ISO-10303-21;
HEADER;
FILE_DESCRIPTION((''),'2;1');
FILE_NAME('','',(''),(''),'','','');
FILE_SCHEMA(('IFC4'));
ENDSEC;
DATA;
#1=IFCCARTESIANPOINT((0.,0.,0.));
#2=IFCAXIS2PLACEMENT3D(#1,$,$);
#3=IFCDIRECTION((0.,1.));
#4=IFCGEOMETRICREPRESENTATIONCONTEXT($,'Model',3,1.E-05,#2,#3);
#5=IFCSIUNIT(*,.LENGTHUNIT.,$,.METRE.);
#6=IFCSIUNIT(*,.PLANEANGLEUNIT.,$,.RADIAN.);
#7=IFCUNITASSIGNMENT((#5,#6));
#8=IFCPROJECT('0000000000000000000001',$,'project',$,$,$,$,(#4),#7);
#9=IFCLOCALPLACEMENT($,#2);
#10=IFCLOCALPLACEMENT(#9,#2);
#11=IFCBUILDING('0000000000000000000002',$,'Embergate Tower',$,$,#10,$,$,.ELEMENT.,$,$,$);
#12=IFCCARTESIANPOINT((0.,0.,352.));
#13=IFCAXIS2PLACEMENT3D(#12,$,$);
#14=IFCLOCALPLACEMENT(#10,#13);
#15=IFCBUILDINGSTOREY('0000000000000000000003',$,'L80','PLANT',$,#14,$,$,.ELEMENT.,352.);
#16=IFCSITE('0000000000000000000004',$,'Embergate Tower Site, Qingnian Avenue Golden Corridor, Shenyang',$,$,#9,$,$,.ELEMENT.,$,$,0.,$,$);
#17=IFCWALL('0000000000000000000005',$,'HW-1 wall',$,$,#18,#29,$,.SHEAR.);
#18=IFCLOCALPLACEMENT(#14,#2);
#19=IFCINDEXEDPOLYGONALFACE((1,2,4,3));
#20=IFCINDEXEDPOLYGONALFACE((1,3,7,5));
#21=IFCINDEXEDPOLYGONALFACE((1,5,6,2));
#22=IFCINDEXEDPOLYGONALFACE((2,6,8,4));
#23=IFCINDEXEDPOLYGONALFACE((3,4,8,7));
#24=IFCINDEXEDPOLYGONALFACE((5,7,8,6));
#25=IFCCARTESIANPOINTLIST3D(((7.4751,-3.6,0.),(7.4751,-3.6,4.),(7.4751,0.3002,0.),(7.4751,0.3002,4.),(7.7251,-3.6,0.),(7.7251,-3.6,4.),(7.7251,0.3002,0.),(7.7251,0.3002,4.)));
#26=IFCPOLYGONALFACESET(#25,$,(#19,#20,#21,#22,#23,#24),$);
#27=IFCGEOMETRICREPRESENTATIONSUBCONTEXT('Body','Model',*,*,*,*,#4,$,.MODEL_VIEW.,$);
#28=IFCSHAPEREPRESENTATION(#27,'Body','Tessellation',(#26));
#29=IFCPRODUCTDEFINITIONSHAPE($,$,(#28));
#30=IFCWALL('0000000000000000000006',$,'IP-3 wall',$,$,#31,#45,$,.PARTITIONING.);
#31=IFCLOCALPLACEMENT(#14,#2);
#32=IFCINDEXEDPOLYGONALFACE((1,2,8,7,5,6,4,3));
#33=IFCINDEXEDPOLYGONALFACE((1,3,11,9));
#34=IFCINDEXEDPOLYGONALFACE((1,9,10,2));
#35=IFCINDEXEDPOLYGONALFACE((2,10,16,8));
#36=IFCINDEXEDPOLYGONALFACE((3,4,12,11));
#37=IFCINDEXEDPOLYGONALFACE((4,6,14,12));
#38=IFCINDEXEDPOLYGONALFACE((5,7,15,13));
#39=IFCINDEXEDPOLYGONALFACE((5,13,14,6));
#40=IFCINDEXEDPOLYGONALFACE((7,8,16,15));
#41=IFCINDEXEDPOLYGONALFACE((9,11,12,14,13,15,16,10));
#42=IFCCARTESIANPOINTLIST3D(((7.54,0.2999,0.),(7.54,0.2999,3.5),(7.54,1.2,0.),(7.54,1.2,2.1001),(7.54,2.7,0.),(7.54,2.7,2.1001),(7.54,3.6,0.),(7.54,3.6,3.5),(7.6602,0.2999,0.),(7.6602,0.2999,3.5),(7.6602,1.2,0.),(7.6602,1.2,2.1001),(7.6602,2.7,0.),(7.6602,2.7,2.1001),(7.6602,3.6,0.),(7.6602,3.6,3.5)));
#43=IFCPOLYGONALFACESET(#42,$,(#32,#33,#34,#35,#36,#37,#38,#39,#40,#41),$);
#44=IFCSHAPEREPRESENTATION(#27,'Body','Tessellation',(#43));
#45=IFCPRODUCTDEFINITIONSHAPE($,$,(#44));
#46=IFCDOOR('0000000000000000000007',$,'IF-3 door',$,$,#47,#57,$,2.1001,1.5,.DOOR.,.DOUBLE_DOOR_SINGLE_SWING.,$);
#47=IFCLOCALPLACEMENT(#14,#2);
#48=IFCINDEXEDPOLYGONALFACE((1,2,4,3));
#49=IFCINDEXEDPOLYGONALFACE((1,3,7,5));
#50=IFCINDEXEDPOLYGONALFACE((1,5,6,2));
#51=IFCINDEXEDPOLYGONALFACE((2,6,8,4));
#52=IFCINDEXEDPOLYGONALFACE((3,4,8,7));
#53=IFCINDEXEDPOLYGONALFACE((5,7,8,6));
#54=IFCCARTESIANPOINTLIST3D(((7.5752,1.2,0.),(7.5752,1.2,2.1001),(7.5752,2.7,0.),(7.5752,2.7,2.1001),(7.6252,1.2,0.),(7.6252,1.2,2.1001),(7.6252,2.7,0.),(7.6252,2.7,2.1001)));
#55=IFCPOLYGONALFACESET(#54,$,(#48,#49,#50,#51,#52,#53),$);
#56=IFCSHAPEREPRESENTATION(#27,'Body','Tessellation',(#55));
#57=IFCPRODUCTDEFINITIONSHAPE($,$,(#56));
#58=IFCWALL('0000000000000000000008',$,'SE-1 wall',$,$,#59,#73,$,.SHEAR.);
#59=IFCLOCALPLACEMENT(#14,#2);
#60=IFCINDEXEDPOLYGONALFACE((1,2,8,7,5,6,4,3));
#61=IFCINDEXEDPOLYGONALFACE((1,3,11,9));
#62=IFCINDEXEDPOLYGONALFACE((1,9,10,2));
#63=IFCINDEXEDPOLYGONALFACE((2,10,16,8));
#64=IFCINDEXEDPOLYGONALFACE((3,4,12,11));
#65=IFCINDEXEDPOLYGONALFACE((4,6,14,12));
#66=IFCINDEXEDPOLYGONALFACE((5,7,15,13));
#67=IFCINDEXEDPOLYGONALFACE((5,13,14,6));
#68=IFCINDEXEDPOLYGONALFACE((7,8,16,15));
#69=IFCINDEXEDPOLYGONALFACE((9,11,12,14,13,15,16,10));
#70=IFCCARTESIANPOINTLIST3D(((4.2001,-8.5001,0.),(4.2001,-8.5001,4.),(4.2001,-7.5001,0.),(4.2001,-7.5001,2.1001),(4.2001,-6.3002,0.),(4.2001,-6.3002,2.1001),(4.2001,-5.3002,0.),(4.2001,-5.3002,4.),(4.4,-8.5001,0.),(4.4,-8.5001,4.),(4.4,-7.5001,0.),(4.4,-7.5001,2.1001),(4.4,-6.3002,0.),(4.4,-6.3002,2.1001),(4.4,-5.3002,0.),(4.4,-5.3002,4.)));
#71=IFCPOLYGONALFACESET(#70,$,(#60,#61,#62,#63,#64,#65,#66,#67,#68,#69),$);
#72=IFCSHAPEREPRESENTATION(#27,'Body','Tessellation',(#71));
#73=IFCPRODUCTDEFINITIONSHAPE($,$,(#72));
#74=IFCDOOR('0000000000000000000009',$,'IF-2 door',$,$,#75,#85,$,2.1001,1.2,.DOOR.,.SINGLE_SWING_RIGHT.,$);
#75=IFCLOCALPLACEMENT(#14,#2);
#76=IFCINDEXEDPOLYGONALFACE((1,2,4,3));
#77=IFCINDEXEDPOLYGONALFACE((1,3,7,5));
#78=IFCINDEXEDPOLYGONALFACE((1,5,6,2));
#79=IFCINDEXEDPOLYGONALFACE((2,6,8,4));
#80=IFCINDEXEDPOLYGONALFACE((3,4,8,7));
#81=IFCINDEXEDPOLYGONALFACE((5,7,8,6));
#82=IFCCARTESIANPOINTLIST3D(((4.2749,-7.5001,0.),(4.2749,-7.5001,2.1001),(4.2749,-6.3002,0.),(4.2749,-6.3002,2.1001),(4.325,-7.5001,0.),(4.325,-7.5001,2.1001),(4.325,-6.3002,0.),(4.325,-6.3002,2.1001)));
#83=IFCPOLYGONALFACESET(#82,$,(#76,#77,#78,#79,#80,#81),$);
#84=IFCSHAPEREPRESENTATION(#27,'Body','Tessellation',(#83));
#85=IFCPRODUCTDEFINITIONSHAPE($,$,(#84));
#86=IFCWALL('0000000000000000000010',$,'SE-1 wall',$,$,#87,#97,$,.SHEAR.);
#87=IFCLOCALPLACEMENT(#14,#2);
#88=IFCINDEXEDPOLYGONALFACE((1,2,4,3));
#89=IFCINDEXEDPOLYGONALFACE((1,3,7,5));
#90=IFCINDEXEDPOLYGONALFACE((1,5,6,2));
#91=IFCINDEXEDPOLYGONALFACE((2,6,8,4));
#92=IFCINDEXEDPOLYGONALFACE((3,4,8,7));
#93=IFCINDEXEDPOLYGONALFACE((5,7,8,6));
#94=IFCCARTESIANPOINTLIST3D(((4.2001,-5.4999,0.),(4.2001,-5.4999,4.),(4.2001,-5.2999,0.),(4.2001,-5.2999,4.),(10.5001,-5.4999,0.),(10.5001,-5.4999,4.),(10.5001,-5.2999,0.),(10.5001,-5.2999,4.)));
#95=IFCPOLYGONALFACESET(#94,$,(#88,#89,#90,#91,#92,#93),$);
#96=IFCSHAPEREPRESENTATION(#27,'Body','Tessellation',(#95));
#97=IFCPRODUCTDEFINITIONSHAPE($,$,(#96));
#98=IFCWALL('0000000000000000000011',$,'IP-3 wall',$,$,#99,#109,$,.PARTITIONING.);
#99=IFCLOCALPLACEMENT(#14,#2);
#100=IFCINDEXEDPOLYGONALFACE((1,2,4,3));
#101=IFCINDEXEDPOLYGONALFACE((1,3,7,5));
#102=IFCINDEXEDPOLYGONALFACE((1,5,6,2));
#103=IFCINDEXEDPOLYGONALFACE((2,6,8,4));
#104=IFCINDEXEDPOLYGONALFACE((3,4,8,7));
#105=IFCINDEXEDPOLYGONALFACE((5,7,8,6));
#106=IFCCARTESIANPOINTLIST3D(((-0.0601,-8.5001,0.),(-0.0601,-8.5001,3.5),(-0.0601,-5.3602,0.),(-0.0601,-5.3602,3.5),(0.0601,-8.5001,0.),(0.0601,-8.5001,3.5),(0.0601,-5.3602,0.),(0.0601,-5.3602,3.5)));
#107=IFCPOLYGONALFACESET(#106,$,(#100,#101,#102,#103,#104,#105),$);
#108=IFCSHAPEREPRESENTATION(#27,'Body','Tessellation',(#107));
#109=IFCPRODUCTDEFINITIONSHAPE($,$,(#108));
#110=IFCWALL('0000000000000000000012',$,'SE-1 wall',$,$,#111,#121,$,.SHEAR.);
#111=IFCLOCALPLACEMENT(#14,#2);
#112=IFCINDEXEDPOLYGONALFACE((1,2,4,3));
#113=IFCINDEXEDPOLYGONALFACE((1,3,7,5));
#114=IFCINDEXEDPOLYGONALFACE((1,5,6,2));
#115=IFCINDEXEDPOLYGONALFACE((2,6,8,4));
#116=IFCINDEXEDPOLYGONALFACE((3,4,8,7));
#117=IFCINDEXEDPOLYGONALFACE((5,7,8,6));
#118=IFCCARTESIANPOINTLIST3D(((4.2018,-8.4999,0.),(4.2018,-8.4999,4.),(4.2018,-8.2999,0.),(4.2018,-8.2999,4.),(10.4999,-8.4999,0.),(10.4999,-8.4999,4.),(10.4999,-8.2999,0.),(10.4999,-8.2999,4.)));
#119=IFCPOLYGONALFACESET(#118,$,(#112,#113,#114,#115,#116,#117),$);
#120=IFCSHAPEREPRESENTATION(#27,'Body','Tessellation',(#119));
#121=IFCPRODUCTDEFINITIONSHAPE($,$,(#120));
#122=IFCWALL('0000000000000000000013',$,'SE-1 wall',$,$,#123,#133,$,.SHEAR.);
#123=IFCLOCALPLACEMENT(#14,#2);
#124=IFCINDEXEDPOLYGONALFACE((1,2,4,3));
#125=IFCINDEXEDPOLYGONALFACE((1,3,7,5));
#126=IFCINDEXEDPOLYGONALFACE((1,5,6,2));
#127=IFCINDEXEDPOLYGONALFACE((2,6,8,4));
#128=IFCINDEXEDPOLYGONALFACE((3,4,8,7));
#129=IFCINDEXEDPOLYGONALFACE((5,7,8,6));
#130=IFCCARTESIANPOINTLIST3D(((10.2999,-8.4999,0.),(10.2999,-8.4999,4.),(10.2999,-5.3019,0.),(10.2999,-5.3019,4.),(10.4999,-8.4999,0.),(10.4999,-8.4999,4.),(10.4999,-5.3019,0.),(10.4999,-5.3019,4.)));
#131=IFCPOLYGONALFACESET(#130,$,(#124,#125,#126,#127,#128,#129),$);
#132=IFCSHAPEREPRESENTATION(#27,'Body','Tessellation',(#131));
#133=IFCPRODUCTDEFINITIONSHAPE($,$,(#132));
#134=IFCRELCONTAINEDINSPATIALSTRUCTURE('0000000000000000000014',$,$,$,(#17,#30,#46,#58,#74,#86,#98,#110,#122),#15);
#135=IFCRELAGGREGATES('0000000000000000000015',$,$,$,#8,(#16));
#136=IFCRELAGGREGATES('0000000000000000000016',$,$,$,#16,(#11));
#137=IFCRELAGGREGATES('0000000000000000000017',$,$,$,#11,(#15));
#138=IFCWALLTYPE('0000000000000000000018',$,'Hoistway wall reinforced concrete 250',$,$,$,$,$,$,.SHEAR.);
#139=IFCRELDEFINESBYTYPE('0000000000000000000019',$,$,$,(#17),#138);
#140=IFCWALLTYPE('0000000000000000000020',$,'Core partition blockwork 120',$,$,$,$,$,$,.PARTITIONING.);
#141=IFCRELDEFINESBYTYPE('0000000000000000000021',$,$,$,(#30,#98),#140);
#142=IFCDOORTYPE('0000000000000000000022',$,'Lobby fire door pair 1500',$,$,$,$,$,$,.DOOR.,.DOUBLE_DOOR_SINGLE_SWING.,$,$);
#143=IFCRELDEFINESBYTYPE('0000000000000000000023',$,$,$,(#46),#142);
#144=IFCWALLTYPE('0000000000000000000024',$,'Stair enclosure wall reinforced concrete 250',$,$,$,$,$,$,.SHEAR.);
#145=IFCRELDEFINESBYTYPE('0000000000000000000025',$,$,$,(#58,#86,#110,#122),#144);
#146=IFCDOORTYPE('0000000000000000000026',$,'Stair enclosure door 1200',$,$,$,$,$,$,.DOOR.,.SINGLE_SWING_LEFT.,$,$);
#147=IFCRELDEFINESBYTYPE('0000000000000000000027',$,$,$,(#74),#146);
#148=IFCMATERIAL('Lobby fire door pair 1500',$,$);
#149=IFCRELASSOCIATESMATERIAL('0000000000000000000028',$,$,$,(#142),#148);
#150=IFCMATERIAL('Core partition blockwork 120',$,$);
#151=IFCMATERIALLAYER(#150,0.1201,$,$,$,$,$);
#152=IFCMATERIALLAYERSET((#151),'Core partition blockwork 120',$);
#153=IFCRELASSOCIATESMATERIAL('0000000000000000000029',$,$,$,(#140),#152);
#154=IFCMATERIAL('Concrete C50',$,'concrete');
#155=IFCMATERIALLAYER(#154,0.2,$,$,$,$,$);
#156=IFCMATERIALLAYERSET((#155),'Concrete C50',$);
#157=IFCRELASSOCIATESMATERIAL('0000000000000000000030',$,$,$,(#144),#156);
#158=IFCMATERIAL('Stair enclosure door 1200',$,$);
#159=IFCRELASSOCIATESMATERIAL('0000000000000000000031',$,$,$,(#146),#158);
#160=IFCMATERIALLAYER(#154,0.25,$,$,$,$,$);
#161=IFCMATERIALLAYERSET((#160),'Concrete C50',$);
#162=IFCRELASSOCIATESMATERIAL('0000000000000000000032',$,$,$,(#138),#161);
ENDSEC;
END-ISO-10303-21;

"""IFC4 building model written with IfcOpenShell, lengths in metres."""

from ifc_helpers import new_model, si_unit, direction, frame, frame_2d, origin, place, context, subcontext, project, spatial, rectangle, extrude, source, transform, mapped, material, layer, layer_set, type_object, element, fill, save


model = new_model("IFC4")

# Units and contexts
model_context = context("Model", 3, precision=1e-05, world=origin(), true_north=direction((0.0, 1.0)))
body_context = subcontext(model_context, "Body", "Model", "MODEL_VIEW")
ifc_project = project(units=[si_unit("LENGTHUNIT", "METRE"), si_unit("PLANEANGLEUNIT", "RADIAN")], contexts=[model_context])

# Site, building, storey
site_placement = place(None, origin())
site = spatial("IfcSite", under=ifc_project, at=site_placement, Name="Embergate Tower Site, Qingnian Avenue Golden Corridor, Shenyang", CompositionType="ELEMENT", RefElevation=0.0)
building_placement = place(site_placement, origin())
building = spatial("IfcBuilding", under=site, at=building_placement, Name="Embergate Tower", CompositionType="ELEMENT")
storey_placement = place(building_placement, frame((0.0, 0.0, 352.0)))
storey = spatial("IfcBuildingStorey", under=building, at=storey_placement, Name="L80", Description="PLANT", CompositionType="ELEMENT", Elevation=352.0)

# Shared definitions
ifc_material_1 = material(Name="Concrete C50", Category="concrete")
ifc_material_2 = material(Name="Lobby fire door pair 1500")
door_type_1 = type_object("IfcDoorType", Name="Lobby fire door pair 1500", OperationType="DOUBLE_DOOR_SINGLE_SWING", PredefinedType="DOOR", material=ifc_material_2)
shared_shape_1 = source(origin(), body_context, "Body", "SweptSolid", [
    extrude(rectangle(XDim=1.5, YDim=2.1001, at=frame_2d((0.75, 1.05))), frame((0.0, 0.0249, 0.0), z_axis=(0.0, -1.0, 0.0), x_axis=(1.0, 0.0, 0.0)), (0.0, 0.0, 1.0), 0.05),
])

# Shared definitions
ifc_material_3 = material(Name="Core partition blockwork 120")
ifc_layer_1 = layer(ifc_material_3, 0.1201)
ifc_layer_set_1 = layer_set([ifc_layer_1], Name="Core partition blockwork 120")
wall_type_1 = type_object("IfcWallType", Name="Core partition blockwork 120", PredefinedType="PARTITIONING", material=ifc_layer_set_1)

# Shared definitions
ifc_layer_2 = layer(ifc_material_1, 0.2)
ifc_layer_set_2 = layer_set([ifc_layer_2], Name="Concrete C50")
wall_type_2 = type_object("IfcWallType", Name="Stair enclosure wall reinforced concrete 250", PredefinedType="SHEAR", material=ifc_layer_set_2)
shared_shape_2 = source(origin(), body_context, "Body", "SweptSolid", [
    extrude(rectangle(XDim=1.2, YDim=2.1001, at=frame_2d((0.6001, 1.05))), frame((0.0, 0.1099, 0.0), z_axis=(0.0, -1.0, 0.0), x_axis=(1.0, 0.0, 0.0)), (0.0, 0.0, 1.0), 0.22),
])
ifc_material_4 = material(Name="Stair enclosure door 1200")
door_type_2 = type_object("IfcDoorType", Name="Stair enclosure door 1200", OperationType="SINGLE_SWING_LEFT", PredefinedType="DOOR", material=ifc_material_4)
shared_shape_3 = source(origin(), body_context, "Body", "SweptSolid", [
    extrude(rectangle(XDim=1.2, YDim=2.1001, at=frame_2d((0.6001, 1.05))), frame((0.0, 0.0249, 0.0), z_axis=(0.0, -1.0, 0.0), x_axis=(1.0, 0.0, 0.0)), (0.0, 0.0, 1.0), 0.05),
])
ifc_layer_3 = layer(ifc_material_1, 0.25)
ifc_layer_set_3 = layer_set([ifc_layer_3], Name="Concrete C50")
wall_type_3 = type_object("IfcWallType", Name="Hoistway wall reinforced concrete 250", PredefinedType="SHEAR", material=ifc_layer_set_3)

# Wall
shared_shape_4 = source(origin(), body_context, "Body", "SweptSolid", [
    extrude(rectangle(XDim=3.9001, YDim=0.25, at=frame_2d((1.9502, 0.0))), origin(), (0.0, 0.0, 1.0), 4.0),
])
wall_1_placement = place(storey_placement, frame((7.6001, -3.6001, 0.0), z_axis=(0.0, 0.0, 1.0), x_axis=(0.0, 1.0, 0.0)))
element("IfcWall", 1, at=wall_1_placement, inside=storey, type_object=wall_type_3, Name="HW-1 wall", PredefinedType="SHEAR", context=body_context, shape_type="MappedRepresentation", body=[
    mapped(shared_shape_4, transform((0.0, 0.0, 0.0))),
])

# Walls, openings, doors
shared_shape_5 = source(origin(), body_context, "Body", "SweptSolid", [
    extrude(rectangle(XDim=3.3, YDim=0.1201, at=frame_2d((1.6499, 0.0))), origin(), (0.0, 0.0, 1.0), 3.5),
])
wall_2_placement = place(storey_placement, frame((7.6001, 0.3, 0.0), z_axis=(0.0, 0.0, 1.0), x_axis=(0.0, 1.0, 0.0)))
wall_2 = element("IfcWall", 2, at=wall_2_placement, inside=storey, type_object=wall_type_1, Name="IP-3 wall", PredefinedType="PARTITIONING", context=body_context, shape_type="MappedRepresentation", body=[
    mapped(shared_shape_5, transform((0.0, 0.0, 0.0))),
])
shared_shape_6 = source(origin(), body_context, "Body", "SweptSolid", [
    extrude(rectangle(XDim=1.5, YDim=2.1001, at=frame_2d((0.75, 1.05))), frame((0.0, 0.0701, 0.0), z_axis=(0.0, -1.0, 0.0), x_axis=(1.0, 0.0, 0.0)), (0.0, 0.0, 1.0), 0.1401),
])
opening_1_placement = place(wall_2_placement, frame((0.8999, 0.0, 0.0)))
opening_1 = element("IfcOpeningElement", 3, at=opening_1_placement, cuts=wall_2, PredefinedType="OPENING", context=body_context, shape_type="MappedRepresentation", body=[
    mapped(shared_shape_6, transform((0.0, 0.0, 0.0))),
])
door_1_placement = place(opening_1_placement, origin())
door_1 = element("IfcDoor", 4, at=door_1_placement, inside=storey, type_object=door_type_1, Name="IF-3 door", OperationType="DOUBLE_DOOR_SINGLE_SWING", OverallHeight=2.1001, OverallWidth=1.5, PredefinedType="DOOR", context=body_context, shape_type="MappedRepresentation", body=[
    mapped(shared_shape_1, transform((0.0, 0.0, 0.0))),
])
fill(opening_1, door_1)
shared_shape_7 = source(origin(), body_context, "Body", "SweptSolid", [
    extrude(rectangle(XDim=3.2, YDim=0.2, at=frame_2d((1.6001, 0.0))), origin(), (0.0, 0.0, 1.0), 4.0),
])
wall_3_placement = place(storey_placement, frame((4.3, -5.3, 0.0), z_axis=(0.0, 0.0, 1.0), x_axis=(0.0, -1.0, 0.0)))
wall_3 = element("IfcWall", 5, at=wall_3_placement, inside=storey, type_object=wall_type_2, Name="SE-1 wall", PredefinedType="SHEAR", context=body_context, shape_type="MappedRepresentation", body=[
    mapped(shared_shape_7, transform((0.0, 0.0, 0.0))),
])
opening_2_placement = place(wall_3_placement, frame((1.0, 0.0, 0.0)))
opening_2 = element("IfcOpeningElement", 6, at=opening_2_placement, cuts=wall_3, PredefinedType="OPENING", context=body_context, shape_type="MappedRepresentation", body=[
    mapped(shared_shape_2, transform((0.0, 0.0, 0.0))),
])
door_2_placement = place(opening_2_placement, origin())
door_2 = element("IfcDoor", 7, at=door_2_placement, inside=storey, type_object=door_type_2, Name="IF-2 door", OperationType="SINGLE_SWING_RIGHT", OverallHeight=2.1001, OverallWidth=1.2, PredefinedType="DOOR", context=body_context, shape_type="MappedRepresentation", body=[
    mapped(shared_shape_3, transform((0.0, 0.0, 0.0))),
])
fill(opening_2, door_2)

# Walls
shared_shape_8 = source(origin(), body_context, "Body", "SweptSolid", [
    extrude(rectangle(XDim=6.3, YDim=0.2, at=frame_2d((3.1499, 0.0))), origin(), (0.0, 0.0, 1.0), 4.0),
])
wall_4_placement = place(storey_placement, frame((10.5, -5.3999, 0.0), z_axis=(0.0, 0.0, 1.0), x_axis=(-1.0, 0.0, 0.0)))
element("IfcWall", 8, at=wall_4_placement, inside=storey, type_object=wall_type_2, Name="SE-1 wall", PredefinedType="SHEAR", context=body_context, shape_type="MappedRepresentation", body=[
    mapped(shared_shape_8, transform((0.0, 0.0, 0.0))),
])
shared_shape_9 = source(origin(), body_context, "Body", "SweptSolid", [
    extrude(rectangle(XDim=3.1399, YDim=0.1201, at=frame_2d((1.5698, 0.0))), origin(), (0.0, 0.0, 1.0), 3.5),
])
wall_5_placement = place(storey_placement, frame((0.0, -8.5, 0.0), z_axis=(0.0, 0.0, 1.0), x_axis=(0.0, 1.0, 0.0)))
element("IfcWall", 9, at=wall_5_placement, inside=storey, type_object=wall_type_1, Name="IP-3 wall", PredefinedType="PARTITIONING", context=body_context, shape_type="MappedRepresentation", body=[
    mapped(shared_shape_9, transform((0.0, 0.0, 0.0))),
])
shared_shape_10 = source(origin(), body_context, "Body", "SweptSolid", [
    extrude(rectangle(XDim=6.2981, YDim=0.2, at=frame_2d((3.1489, 0.0))), origin(), (0.0, 0.0, 1.0), 4.0),
])
wall_6_placement = place(storey_placement, frame((4.2019, -8.3999, 0.0), z_axis=(0.0, 0.0, 1.0), x_axis=(1.0, 0.0, 0.0)))
element("IfcWall", 10, at=wall_6_placement, inside=storey, type_object=wall_type_2, Name="SE-1 wall", PredefinedType="SHEAR", context=body_context, shape_type="MappedRepresentation", body=[
    mapped(shared_shape_10, transform((0.0, 0.0, 0.0))),
])
shared_shape_11 = source(origin(), body_context, "Body", "SweptSolid", [
    extrude(rectangle(XDim=3.198, YDim=0.2, at=frame_2d((1.5991, 0.0))), origin(), (0.0, 0.0, 1.0), 4.0),
])
wall_7_placement = place(storey_placement, frame((10.3999, -8.5, 0.0), z_axis=(0.0, 0.0, 1.0), x_axis=(0.0, 1.0, 0.0)))
element("IfcWall", 11, at=wall_7_placement, inside=storey, type_object=wall_type_2, Name="SE-1 wall", PredefinedType="SHEAR", context=body_context, shape_type="MappedRepresentation", body=[
    mapped(shared_shape_11, transform((0.0, 0.0, 0.0))),
])

save(model, "model.ifc")
